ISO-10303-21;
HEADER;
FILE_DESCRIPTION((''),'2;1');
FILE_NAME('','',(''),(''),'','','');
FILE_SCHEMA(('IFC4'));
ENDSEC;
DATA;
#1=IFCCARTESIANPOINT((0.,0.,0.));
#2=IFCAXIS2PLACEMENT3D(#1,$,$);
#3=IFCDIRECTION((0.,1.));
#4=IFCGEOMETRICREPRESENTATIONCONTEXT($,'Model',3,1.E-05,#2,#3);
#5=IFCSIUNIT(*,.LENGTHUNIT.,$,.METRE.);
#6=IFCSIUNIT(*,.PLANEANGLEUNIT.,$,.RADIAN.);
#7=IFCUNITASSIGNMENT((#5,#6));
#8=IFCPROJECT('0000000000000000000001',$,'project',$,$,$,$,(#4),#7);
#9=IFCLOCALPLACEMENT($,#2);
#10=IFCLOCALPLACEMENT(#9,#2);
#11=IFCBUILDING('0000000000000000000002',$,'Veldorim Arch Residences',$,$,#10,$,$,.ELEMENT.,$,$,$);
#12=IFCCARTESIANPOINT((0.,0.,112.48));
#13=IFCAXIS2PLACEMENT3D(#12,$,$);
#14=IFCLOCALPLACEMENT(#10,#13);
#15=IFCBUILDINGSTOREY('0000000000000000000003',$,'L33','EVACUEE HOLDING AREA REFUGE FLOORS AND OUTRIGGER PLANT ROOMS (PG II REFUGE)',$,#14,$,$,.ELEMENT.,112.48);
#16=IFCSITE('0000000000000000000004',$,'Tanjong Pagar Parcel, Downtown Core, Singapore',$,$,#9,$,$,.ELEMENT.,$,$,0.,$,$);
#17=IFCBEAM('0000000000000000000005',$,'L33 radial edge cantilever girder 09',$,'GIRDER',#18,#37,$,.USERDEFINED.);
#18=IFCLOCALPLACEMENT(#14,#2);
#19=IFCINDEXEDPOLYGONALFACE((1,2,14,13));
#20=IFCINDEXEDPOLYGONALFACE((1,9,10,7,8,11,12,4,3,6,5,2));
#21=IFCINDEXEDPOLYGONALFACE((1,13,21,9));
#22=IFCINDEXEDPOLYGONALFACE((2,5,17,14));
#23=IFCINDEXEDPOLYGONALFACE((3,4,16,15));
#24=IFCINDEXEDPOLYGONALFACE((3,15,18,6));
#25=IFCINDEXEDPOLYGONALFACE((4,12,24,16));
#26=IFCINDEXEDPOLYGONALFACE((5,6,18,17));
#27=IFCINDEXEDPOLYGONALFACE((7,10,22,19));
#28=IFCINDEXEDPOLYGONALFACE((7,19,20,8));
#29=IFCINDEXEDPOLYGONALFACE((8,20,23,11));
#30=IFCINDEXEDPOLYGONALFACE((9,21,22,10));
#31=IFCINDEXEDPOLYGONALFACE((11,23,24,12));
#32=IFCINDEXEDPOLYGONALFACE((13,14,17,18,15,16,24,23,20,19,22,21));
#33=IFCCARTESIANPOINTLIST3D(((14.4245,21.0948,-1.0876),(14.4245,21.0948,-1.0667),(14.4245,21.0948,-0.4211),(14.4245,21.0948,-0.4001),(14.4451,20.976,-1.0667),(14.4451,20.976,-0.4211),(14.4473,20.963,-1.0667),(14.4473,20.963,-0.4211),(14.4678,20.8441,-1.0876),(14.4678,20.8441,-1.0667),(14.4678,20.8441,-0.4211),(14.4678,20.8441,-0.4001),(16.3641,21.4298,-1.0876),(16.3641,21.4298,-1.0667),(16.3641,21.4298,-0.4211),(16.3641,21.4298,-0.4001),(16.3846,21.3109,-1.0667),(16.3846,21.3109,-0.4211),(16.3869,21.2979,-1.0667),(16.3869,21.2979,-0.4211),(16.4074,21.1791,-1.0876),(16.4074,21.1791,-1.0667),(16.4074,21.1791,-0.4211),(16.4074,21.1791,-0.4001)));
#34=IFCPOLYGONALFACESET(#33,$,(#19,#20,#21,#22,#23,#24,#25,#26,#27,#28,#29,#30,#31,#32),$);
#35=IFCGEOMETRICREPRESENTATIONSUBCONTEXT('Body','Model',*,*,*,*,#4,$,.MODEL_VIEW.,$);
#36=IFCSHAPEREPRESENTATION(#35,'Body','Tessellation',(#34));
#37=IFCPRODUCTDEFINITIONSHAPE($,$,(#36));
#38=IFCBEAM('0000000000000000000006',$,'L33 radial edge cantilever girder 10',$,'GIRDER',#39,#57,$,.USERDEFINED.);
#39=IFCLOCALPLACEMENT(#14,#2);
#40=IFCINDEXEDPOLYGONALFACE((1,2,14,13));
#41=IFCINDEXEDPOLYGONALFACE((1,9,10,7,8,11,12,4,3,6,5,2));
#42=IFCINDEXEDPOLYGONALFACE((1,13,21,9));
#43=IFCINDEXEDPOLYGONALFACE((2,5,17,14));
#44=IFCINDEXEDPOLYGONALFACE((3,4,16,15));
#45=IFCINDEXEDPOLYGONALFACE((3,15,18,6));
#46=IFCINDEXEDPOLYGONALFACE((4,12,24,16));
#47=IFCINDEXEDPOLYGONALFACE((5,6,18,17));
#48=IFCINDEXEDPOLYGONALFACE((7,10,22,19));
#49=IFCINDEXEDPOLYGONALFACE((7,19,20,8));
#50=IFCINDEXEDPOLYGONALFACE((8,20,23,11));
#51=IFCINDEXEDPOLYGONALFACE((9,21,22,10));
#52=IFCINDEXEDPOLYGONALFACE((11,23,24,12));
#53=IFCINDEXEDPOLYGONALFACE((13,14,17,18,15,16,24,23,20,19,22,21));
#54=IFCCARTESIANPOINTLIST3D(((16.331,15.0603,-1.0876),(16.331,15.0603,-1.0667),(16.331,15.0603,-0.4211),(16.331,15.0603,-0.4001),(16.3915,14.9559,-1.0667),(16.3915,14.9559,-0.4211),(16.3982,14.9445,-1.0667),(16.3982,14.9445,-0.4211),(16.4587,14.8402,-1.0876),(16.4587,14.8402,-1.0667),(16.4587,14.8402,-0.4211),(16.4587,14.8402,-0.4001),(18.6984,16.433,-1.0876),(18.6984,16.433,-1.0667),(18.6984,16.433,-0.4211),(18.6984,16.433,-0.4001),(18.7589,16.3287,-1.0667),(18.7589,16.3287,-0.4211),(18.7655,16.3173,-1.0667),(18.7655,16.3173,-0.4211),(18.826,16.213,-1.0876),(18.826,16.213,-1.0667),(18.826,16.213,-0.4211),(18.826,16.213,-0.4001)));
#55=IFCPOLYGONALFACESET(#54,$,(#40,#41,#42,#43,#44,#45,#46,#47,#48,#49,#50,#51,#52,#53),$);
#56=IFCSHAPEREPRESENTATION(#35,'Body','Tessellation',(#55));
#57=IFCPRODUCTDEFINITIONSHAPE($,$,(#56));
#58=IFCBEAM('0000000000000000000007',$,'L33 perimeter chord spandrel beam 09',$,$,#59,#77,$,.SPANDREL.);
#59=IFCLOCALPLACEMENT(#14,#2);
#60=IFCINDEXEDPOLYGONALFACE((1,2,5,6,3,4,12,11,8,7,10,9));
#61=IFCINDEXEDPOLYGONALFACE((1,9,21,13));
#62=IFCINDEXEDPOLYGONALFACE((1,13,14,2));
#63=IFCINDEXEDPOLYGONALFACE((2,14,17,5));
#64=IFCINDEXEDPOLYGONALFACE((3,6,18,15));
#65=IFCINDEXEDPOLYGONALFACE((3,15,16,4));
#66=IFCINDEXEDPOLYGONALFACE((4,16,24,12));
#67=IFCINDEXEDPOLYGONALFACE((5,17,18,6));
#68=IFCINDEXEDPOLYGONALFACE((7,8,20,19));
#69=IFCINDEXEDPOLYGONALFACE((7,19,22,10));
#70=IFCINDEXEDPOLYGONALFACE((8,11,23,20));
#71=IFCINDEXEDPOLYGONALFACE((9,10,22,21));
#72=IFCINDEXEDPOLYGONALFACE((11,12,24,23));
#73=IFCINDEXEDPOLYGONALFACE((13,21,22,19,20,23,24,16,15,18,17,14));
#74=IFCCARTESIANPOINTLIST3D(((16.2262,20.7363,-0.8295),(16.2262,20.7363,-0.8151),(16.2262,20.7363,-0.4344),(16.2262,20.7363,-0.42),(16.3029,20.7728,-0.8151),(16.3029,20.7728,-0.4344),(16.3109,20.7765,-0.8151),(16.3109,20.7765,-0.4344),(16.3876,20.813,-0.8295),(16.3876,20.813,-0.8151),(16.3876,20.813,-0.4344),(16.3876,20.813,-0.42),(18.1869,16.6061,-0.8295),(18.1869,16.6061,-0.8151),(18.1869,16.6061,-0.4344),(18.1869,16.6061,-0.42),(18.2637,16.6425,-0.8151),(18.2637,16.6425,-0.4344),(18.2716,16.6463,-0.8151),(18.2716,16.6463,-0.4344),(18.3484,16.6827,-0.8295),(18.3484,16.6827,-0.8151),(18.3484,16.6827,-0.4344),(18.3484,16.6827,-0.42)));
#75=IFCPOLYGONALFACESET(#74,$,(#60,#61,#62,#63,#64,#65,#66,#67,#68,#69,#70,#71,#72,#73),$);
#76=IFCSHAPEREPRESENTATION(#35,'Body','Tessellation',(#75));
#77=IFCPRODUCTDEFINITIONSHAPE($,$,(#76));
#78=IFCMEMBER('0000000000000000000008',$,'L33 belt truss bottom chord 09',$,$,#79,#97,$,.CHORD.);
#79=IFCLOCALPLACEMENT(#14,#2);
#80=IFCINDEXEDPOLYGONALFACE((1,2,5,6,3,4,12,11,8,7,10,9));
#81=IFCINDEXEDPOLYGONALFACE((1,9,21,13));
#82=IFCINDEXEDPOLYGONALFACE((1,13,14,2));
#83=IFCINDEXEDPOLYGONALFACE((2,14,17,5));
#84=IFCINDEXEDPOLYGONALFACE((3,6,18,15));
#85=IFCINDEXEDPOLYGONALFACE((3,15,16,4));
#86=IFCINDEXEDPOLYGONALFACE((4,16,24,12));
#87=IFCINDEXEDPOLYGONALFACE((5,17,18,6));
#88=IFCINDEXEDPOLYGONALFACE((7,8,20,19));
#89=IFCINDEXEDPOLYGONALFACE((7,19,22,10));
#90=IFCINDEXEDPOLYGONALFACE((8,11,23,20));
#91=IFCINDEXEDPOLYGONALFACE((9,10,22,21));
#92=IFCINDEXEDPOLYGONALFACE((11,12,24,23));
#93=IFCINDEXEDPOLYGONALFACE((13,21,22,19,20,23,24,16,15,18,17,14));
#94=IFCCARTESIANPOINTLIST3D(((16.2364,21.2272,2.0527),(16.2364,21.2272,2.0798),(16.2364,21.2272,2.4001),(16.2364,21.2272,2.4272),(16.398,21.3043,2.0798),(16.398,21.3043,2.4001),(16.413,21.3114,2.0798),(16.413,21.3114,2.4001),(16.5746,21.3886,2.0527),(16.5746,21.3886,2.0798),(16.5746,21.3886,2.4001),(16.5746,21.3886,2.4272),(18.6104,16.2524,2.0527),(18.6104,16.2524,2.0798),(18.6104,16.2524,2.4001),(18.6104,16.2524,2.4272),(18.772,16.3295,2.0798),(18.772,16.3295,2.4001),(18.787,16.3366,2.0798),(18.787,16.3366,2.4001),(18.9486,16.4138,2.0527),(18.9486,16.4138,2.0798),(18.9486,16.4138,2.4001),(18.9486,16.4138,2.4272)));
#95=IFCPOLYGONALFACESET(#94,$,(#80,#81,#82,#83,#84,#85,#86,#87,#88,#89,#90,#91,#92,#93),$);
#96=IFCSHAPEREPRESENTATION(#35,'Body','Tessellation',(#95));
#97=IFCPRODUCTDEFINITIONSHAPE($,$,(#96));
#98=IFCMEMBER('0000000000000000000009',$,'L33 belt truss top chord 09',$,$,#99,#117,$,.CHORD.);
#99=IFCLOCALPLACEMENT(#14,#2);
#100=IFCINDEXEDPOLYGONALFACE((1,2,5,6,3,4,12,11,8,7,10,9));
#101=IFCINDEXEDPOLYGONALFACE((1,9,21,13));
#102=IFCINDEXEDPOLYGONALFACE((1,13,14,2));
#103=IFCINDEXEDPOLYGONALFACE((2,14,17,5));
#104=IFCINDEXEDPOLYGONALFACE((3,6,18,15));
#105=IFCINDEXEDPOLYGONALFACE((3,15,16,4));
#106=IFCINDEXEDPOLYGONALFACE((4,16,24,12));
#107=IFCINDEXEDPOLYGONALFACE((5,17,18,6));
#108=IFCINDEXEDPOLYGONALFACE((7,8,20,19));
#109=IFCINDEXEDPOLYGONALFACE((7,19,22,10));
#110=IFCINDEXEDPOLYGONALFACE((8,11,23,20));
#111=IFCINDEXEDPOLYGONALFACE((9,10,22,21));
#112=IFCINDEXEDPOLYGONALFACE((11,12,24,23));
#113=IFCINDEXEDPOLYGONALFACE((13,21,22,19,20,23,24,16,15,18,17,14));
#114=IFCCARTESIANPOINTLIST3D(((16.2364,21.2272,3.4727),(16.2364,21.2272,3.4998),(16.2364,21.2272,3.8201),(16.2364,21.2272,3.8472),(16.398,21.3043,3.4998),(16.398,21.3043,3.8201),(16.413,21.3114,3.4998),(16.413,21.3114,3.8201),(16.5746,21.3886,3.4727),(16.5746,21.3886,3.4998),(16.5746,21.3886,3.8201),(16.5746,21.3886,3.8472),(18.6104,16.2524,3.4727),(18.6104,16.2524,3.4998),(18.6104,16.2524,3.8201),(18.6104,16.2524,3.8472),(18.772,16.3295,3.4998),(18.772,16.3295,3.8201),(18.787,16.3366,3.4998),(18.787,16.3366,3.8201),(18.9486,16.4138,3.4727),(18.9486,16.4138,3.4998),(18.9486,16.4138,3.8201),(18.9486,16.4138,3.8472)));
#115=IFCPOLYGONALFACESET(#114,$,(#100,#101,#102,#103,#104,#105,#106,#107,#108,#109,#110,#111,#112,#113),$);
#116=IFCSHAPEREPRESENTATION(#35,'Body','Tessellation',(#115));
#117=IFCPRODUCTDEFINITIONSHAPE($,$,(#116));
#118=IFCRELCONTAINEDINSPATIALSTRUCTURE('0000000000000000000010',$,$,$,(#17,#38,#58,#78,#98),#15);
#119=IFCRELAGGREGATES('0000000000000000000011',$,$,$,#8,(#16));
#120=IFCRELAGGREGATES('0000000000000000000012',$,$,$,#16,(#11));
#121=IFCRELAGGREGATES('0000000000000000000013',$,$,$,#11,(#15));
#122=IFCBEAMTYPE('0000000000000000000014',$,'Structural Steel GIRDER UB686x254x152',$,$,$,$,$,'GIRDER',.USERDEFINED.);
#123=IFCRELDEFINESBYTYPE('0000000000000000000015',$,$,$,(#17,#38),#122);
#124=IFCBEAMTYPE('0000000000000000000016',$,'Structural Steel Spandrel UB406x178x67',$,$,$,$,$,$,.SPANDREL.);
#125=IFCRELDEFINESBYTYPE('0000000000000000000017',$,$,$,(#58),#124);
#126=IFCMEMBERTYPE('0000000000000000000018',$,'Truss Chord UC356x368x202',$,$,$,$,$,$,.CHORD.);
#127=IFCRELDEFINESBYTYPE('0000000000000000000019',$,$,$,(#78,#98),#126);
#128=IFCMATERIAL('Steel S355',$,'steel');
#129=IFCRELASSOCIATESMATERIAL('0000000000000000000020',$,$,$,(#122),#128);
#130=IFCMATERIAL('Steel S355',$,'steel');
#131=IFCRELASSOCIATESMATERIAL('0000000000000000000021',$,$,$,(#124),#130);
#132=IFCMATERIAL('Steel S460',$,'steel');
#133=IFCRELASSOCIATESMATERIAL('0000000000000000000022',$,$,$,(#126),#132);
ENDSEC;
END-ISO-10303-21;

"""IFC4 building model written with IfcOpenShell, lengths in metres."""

from ifc_helpers import new_model, si_unit, direction, frame, origin, origin_2d, place, context, subcontext, project, spatial, i_section, extrude, material, material_profile, profile_set, type_object, element, save


model = new_model("IFC4")

# Units and contexts
model_context = context("Model", 3, precision=1e-05, world=origin(), true_north=direction((0.0, 1.0)))
body_context = subcontext(model_context, "Body", "Model", "MODEL_VIEW")
ifc_project = project(units=[si_unit("LENGTHUNIT", "METRE"), si_unit("PLANEANGLEUNIT", "RADIAN")], contexts=[model_context])

# Site, building, storey
site_placement = place(None, origin())
site = spatial("IfcSite", under=ifc_project, at=site_placement, Name="Tanjong Pagar Parcel, Downtown Core, Singapore", CompositionType="ELEMENT", RefElevation=0.0)
building_placement = place(site_placement, origin())
building = spatial("IfcBuilding", under=site, at=building_placement, Name="Veldorim Arch Residences", CompositionType="ELEMENT")
storey_placement = place(building_placement, frame((0.0, 0.0, 112.48)))
storey = spatial("IfcBuildingStorey", under=building, at=storey_placement, Name="L33", Description="EVACUEE HOLDING AREA REFUGE FLOORS AND OUTRIGGER PLANT ROOMS (PG II REFUGE)", CompositionType="ELEMENT", Elevation=112.48)

# Beams
ifc_material_1 = material(Name="Steel S355", Category="steel")
ifc_material_profile_1 = material_profile(ifc_material_1, i_section(OverallWidth=0.2544, OverallDepth=0.6875, WebThickness=0.0132, FlangeThickness=0.021, at=origin_2d()), Name="UB686x254x152")
ifc_profile_set_1 = profile_set([ifc_material_profile_1], Name="Steel S355")
beam_type_1 = type_object("IfcBeamType", Name="Structural Steel GIRDER UB686x254x152", ElementType="GIRDER", PredefinedType="USERDEFINED", material=ifc_profile_set_1)
beam_1_placement = place(storey_placement, frame((16.3857, 21.3044, -0.7439), z_axis=(-0.985411, -0.170189, 0.0), x_axis=(0.170189, -0.985411, 0.0)))
element("IfcBeam", 1, at=beam_1_placement, inside=storey, type_object=beam_type_1, Name="L33 radial edge cantilever girder 09", ObjectType="GIRDER", PredefinedType="USERDEFINED", context=body_context, shape_type="SweptSolid", body=[
    extrude(i_section(OverallWidth=0.2544, OverallDepth=0.6875, WebThickness=0.0132, FlangeThickness=0.021, at=origin_2d()), origin(), (0.0, 0.0, 1.0), 1.9683),
])
beam_2_placement = place(storey_placement, frame((18.7622, 16.323, -0.7439), z_axis=(-0.86508, -0.501634, 0.0), x_axis=(0.501634, -0.86508, 0.0)))
element("IfcBeam", 2, at=beam_2_placement, inside=storey, type_object=beam_type_1, Name="L33 radial edge cantilever girder 10", ObjectType="GIRDER", PredefinedType="USERDEFINED", context=body_context, shape_type="SweptSolid", body=[
    extrude(i_section(OverallWidth=0.2544, OverallDepth=0.6875, WebThickness=0.0132, FlangeThickness=0.021, at=origin_2d()), origin(), (0.0, 0.0, 1.0), 2.7366),
])
ifc_material_2 = material(Name="Steel S355", Category="steel")
ifc_material_profile_2 = material_profile(ifc_material_2, i_section(OverallWidth=0.1787, OverallDepth=0.4094, WebThickness=0.0088, FlangeThickness=0.0144, at=origin_2d()), Name="UB406x178x67")
ifc_profile_set_2 = profile_set([ifc_material_profile_2], Name="Steel S355")
beam_type_2 = type_object("IfcBeamType", Name="Structural Steel Spandrel UB406x178x67", PredefinedType="SPANDREL", material=ifc_profile_set_2)
beam_3_placement = place(storey_placement, frame((16.3069, 20.7747, -0.6248), z_axis=(0.428857, -0.903372, 0.0), x_axis=(0.903372, 0.428857, 0.0)))
element("IfcBeam", 3, at=beam_3_placement, inside=storey, type_object=beam_type_2, Name="L33 perimeter chord spandrel beam 09", PredefinedType="SPANDREL", context=body_context, shape_type="SweptSolid", body=[
    extrude(i_section(OverallWidth=0.1787, OverallDepth=0.4094, WebThickness=0.0088, FlangeThickness=0.0144, at=origin_2d()), origin(), (0.0, 0.0, 1.0), 4.572),
])

# Members
ifc_material_3 = material(Name="Steel S460", Category="steel")
ifc_material_profile_3 = material_profile(ifc_material_3, i_section(OverallWidth=0.3748, OverallDepth=0.3745, WebThickness=0.0166, FlangeThickness=0.0271, at=origin_2d()), Name="UC356x368x202")
ifc_profile_set_3 = profile_set([ifc_material_profile_3], Name="Steel S460")
member_type_1 = type_object("IfcMemberType", Name="Truss Chord UC356x368x202", PredefinedType="CHORD", material=ifc_profile_set_3)
for number, where, z_axis, x_axis, name in (
    (4, (16.4055, 21.3079, 2.24), (0.43068, -0.902505, 0.0), (0.902505, 0.43068, 0.0), "L33 belt truss bottom chord 09"),
    (5, (16.4055, 21.3079, 3.6599), (0.43068, -0.902505, 0.0), (0.902505, 0.43068, 0.0), "L33 belt truss top chord 09"),
):
    element("IfcMember", number, at=place(storey_placement, frame(where, z_axis=z_axis, x_axis=x_axis)), inside=storey, type_object=member_type_1, Name=name, PredefinedType="CHORD", context=body_context, shape_type="SweptSolid", body=[
        extrude(i_section(OverallWidth=0.3748, OverallDepth=0.3745, WebThickness=0.0166, FlangeThickness=0.0271, at=origin_2d()), origin(), (0.0, 0.0, 1.0), 5.5122),
    ])

save(model, "model.ifc")
